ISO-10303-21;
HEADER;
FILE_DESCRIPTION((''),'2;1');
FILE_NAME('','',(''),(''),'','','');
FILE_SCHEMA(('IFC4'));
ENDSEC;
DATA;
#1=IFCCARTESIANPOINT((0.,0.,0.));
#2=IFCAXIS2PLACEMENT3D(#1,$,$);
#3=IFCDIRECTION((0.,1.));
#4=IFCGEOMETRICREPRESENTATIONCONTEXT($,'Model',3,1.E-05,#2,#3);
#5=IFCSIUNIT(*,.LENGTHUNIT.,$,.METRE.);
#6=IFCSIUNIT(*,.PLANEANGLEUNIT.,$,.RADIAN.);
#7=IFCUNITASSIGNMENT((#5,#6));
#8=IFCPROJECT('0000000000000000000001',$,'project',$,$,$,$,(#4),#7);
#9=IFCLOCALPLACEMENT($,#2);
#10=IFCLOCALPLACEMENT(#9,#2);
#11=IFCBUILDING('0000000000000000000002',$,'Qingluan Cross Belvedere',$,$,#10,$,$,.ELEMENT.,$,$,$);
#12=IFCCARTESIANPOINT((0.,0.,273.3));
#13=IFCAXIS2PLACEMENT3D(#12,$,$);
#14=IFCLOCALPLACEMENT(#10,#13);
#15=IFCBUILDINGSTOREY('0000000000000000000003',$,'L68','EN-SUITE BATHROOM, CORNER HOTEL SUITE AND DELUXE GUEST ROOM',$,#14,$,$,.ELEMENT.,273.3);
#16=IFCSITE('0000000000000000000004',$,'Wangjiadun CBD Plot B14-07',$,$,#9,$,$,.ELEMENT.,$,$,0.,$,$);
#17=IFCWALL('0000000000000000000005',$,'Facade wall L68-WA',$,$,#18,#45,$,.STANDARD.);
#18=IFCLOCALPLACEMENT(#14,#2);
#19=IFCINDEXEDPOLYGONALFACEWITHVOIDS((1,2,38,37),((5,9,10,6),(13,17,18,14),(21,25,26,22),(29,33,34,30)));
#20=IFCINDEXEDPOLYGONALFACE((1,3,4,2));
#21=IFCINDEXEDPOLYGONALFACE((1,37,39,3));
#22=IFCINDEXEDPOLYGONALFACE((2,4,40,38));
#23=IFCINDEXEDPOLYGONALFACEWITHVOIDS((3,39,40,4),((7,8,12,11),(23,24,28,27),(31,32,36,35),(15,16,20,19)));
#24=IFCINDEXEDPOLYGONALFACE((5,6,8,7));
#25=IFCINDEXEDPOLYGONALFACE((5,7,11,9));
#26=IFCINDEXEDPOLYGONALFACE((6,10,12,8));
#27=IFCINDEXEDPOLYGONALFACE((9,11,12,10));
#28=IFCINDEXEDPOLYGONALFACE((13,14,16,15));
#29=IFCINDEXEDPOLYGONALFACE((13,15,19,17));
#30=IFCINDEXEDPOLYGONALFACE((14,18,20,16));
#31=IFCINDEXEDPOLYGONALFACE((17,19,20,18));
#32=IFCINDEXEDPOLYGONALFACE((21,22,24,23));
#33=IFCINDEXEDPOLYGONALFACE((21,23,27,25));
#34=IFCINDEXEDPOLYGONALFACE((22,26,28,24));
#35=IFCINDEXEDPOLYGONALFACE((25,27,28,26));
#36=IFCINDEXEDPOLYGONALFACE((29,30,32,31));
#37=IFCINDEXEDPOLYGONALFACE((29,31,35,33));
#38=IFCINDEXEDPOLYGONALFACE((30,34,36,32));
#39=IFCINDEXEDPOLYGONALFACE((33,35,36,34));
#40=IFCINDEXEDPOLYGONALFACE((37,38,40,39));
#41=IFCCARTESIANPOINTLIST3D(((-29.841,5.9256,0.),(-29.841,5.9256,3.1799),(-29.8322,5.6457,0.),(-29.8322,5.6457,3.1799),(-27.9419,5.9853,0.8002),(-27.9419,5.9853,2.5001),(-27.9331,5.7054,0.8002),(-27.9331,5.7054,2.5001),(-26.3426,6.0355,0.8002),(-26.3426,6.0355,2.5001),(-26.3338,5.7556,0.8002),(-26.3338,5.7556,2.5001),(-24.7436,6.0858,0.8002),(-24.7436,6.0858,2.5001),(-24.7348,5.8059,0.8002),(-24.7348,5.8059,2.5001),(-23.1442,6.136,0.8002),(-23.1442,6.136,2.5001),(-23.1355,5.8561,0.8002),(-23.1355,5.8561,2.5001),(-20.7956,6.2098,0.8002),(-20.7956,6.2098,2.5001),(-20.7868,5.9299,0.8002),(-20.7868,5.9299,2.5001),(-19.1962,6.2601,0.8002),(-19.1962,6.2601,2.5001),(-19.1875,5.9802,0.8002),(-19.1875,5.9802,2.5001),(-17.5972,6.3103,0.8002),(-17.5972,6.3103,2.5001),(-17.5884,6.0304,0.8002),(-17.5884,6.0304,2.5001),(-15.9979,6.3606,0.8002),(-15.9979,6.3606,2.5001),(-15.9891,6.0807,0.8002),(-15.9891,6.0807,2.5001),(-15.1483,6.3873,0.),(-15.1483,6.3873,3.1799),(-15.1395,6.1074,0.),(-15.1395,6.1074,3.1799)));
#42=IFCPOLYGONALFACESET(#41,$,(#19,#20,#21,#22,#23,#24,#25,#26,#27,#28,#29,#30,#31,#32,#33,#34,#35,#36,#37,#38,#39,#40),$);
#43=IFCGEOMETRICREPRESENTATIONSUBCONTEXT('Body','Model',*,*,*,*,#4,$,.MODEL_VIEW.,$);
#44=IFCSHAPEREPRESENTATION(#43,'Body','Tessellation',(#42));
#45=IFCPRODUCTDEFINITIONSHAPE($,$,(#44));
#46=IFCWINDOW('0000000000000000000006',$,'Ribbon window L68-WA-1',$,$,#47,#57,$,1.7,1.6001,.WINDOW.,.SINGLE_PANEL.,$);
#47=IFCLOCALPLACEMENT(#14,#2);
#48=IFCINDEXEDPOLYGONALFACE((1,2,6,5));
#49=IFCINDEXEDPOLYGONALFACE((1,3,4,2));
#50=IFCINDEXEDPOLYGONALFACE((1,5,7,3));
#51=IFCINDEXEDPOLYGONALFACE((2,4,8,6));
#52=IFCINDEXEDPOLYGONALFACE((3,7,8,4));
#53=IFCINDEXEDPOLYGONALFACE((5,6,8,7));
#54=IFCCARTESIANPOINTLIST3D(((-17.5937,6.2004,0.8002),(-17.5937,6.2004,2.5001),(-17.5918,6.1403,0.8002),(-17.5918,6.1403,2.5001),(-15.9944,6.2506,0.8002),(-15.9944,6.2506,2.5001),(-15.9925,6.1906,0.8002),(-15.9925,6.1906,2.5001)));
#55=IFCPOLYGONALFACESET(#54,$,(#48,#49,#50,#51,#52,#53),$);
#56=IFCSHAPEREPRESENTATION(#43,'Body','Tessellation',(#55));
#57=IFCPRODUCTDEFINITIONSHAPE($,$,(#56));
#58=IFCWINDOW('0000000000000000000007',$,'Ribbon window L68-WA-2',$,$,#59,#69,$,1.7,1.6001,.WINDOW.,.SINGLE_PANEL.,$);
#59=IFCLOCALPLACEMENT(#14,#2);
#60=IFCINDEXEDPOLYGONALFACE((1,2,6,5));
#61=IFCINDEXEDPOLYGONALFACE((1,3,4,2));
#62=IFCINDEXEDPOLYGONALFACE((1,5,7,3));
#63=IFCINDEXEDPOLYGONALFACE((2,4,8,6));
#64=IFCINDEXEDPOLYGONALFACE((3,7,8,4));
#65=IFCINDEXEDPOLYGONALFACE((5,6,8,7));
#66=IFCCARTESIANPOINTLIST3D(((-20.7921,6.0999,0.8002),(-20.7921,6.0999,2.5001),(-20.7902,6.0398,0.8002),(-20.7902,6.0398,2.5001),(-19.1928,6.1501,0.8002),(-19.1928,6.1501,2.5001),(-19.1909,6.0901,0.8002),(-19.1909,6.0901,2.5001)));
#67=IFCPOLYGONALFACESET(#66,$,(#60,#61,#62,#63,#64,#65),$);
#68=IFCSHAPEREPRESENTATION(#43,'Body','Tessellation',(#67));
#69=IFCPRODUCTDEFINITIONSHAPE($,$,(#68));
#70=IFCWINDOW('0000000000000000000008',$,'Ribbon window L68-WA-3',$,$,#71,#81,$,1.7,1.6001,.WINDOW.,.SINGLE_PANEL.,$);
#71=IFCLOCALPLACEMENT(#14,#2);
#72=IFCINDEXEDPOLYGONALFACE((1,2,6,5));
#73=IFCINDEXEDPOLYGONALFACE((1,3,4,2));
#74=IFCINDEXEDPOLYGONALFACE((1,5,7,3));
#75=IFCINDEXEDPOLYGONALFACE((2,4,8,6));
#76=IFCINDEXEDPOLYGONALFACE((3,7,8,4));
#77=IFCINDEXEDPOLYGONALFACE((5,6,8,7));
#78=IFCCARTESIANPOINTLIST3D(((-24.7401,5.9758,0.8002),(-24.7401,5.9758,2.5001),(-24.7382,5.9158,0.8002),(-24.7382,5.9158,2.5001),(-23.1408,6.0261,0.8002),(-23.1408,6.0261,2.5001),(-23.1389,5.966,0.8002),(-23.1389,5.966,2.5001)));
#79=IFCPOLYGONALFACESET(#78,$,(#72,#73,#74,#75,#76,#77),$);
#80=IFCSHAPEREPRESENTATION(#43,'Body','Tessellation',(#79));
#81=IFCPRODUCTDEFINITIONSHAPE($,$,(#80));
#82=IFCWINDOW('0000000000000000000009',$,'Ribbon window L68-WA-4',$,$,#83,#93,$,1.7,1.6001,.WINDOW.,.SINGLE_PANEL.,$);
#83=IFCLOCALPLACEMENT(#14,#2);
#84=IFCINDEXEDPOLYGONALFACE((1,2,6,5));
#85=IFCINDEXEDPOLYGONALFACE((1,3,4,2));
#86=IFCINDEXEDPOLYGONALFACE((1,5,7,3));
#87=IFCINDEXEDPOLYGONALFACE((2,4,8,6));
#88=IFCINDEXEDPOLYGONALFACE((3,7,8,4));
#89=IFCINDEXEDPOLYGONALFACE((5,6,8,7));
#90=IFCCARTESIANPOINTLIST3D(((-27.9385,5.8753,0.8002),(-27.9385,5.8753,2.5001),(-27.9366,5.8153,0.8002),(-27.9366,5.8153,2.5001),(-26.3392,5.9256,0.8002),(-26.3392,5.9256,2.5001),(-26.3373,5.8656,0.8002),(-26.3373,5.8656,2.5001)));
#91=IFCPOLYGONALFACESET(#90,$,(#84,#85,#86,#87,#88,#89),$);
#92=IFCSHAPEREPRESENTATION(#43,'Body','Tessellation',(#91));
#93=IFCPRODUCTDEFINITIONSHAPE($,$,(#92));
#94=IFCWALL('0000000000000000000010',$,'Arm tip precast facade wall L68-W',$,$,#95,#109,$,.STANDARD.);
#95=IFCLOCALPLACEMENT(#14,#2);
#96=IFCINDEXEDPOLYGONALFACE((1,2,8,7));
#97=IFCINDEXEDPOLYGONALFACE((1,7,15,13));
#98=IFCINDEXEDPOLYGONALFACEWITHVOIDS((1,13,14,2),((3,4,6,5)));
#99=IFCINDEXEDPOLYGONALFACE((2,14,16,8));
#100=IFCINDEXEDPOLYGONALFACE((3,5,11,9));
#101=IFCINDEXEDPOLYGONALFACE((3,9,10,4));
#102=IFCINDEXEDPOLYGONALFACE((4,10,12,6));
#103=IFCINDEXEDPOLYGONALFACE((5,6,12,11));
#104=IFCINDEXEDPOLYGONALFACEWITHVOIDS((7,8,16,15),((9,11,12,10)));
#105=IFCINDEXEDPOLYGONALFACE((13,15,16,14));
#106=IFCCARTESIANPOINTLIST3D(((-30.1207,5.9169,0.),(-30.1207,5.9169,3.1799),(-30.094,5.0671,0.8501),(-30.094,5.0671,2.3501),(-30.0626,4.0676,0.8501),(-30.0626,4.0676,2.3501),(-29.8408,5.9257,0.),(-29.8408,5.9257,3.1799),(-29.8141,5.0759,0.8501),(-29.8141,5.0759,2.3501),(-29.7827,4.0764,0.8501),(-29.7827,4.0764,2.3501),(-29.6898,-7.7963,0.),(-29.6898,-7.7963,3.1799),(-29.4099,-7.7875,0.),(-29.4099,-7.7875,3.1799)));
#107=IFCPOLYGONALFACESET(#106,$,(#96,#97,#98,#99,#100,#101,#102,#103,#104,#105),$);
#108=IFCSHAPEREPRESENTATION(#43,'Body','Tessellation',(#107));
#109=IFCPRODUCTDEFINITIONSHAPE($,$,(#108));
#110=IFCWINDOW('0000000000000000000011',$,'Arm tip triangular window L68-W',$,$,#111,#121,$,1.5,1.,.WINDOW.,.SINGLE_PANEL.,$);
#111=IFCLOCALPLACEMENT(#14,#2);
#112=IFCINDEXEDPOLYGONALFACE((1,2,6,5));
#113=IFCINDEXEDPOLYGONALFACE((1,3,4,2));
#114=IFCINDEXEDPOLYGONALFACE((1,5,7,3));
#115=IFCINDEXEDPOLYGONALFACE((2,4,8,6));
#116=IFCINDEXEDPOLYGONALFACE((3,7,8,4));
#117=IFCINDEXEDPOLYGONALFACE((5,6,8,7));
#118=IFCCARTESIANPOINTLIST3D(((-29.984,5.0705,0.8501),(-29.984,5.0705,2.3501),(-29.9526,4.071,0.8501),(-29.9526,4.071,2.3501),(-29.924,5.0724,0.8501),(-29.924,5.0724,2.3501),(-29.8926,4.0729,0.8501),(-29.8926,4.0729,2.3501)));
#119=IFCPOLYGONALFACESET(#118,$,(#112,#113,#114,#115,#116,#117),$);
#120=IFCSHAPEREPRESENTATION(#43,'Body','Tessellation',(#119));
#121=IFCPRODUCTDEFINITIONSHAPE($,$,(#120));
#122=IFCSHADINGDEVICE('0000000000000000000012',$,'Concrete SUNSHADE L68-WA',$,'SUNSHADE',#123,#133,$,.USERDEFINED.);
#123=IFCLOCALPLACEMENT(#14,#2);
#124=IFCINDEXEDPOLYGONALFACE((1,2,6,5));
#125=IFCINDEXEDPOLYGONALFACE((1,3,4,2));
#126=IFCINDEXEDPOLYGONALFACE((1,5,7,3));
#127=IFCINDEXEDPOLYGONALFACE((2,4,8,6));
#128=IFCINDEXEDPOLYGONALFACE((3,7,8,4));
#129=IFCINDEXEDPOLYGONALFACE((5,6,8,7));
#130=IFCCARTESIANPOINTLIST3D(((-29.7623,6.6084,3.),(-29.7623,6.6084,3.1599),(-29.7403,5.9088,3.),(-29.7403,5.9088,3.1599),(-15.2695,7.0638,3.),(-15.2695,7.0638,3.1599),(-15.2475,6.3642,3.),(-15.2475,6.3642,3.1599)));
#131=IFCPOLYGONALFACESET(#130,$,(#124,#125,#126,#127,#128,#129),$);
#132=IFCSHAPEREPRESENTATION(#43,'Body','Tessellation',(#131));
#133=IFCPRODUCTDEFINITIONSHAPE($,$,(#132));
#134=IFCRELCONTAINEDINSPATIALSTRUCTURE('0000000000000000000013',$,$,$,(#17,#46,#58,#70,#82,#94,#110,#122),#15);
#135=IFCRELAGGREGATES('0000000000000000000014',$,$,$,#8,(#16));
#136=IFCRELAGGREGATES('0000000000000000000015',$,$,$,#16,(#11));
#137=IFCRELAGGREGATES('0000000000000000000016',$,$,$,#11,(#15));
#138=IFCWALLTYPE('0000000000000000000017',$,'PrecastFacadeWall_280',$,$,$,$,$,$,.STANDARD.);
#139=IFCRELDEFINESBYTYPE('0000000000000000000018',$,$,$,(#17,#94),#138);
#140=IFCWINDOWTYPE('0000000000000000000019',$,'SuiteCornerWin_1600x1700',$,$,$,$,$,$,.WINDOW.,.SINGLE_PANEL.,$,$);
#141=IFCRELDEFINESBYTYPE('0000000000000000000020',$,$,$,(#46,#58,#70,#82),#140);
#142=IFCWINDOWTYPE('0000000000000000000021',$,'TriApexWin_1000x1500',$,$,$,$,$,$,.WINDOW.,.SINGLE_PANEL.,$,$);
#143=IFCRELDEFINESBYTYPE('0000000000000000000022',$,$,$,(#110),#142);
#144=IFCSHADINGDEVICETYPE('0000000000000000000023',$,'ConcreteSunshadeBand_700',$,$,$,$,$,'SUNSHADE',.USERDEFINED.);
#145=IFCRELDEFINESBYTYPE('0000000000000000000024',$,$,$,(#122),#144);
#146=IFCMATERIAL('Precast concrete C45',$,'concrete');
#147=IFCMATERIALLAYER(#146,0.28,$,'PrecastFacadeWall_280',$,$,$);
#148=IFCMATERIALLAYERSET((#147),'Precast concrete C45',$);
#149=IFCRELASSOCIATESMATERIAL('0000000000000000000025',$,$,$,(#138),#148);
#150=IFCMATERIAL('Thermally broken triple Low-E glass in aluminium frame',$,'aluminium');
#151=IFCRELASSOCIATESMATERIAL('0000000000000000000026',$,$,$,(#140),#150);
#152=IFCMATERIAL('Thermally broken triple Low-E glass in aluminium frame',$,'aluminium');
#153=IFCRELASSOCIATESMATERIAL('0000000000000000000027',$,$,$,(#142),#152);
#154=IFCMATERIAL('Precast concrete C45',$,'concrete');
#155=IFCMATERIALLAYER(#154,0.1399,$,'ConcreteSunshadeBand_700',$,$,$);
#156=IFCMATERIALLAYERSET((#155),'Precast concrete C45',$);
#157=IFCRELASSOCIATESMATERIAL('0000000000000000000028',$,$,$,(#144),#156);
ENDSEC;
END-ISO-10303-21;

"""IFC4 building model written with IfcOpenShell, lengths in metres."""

from ifc_helpers import new_model, si_unit, direction, frame, frame_2d, origin, origin_2d, place, context, subcontext, project, spatial, rectangle, extrude, material, layer, layer_set, type_object, element, fill, save


model = new_model("IFC4")

# Units and contexts
model_context = context("Model", 3, precision=1e-05, world=origin(), true_north=direction((0.0, 1.0)))
body_context = subcontext(model_context, "Body", "Model", "MODEL_VIEW")
ifc_project = project(units=[si_unit("LENGTHUNIT", "METRE"), si_unit("PLANEANGLEUNIT", "RADIAN")], contexts=[model_context])

# Site, building, storey
site_placement = place(None, origin())
site = spatial("IfcSite", under=ifc_project, at=site_placement, Name="Wangjiadun CBD Plot B14-07", CompositionType="ELEMENT", RefElevation=0.0)
building_placement = place(site_placement, origin())
building = spatial("IfcBuilding", under=site, at=building_placement, Name="Qingluan Cross Belvedere", CompositionType="ELEMENT")
storey_placement = place(building_placement, frame((0.0, 0.0, 273.3)))
storey = spatial("IfcBuildingStorey", under=building, at=storey_placement, Name="L68", Description="EN-SUITE BATHROOM, CORNER HOTEL SUITE AND DELUXE GUEST ROOM", CompositionType="ELEMENT", Elevation=273.3)

# Wall, openings, windows
ifc_material_1 = material(Name="Precast concrete C45", Category="concrete")
ifc_layer_1 = layer(ifc_material_1, 0.28, Name="PrecastFacadeWall_280")
ifc_layer_set_1 = layer_set([ifc_layer_1], Name="Precast concrete C45")
wall_type_1 = type_object("IfcWallType", Name="PrecastFacadeWall_280", PredefinedType="STANDARD", material=ifc_layer_set_1)
wall_1_placement = place(storey_placement, frame((-15.1438, 6.2473, 0.0), z_axis=(0.0, 0.0, 1.0), x_axis=(-0.999507, -0.031406, 0.0)))
wall_1 = element("IfcWall", 1, at=wall_1_placement, inside=storey, type_object=wall_type_1, Name="Facade wall L68-WA", PredefinedType="STANDARD", context=body_context, shape_type="SweptSolid", body=[
    extrude(rectangle(XDim=14.7, YDim=0.28, at=frame_2d((7.3501, 0.0))), origin(), (0.0, 0.0, 1.0), 3.1799),
])
opening_1_placement = place(wall_1_placement, frame((0.8501, 0.0, 0.8)))
opening_1 = element("IfcOpeningElement", 2, at=opening_1_placement, cuts=wall_1, PredefinedType="OPENING", context=body_context, shape_type="SweptSolid", body=[
    extrude(rectangle(XDim=1.6001, YDim=1.7, at=frame_2d((0.8, 0.8501))), frame((0.0, 0.1499, 0.0), z_axis=(0.0, -1.0, 0.0), x_axis=(1.0, 0.0, 0.0)), (0.0, 0.0, 1.0), 0.3),
])
opening_2_placement = place(wall_1_placement, frame((4.05, 0.0, 0.8)))
opening_2 = element("IfcOpeningElement", 3, at=opening_2_placement, cuts=wall_1, PredefinedType="OPENING", context=body_context, shape_type="SweptSolid", body=[
    extrude(rectangle(XDim=1.6001, YDim=1.7, at=frame_2d((0.8, 0.8501))), frame((0.0, 0.1499, 0.0), z_axis=(0.0, -1.0, 0.0), x_axis=(1.0, 0.0, 0.0)), (0.0, 0.0, 1.0), 0.3),
])
opening_3_placement = place(wall_1_placement, frame((8.0, 0.0, 0.8)))
opening_3 = element("IfcOpeningElement", 4, at=opening_3_placement, cuts=wall_1, PredefinedType="OPENING", context=body_context, shape_type="SweptSolid", body=[
    extrude(rectangle(XDim=1.6001, YDim=1.7, at=frame_2d((0.8, 0.8501))), frame((0.0, 0.1499, 0.0), z_axis=(0.0, -1.0, 0.0), x_axis=(1.0, 0.0, 0.0)), (0.0, 0.0, 1.0), 0.3),
])
opening_4_placement = place(wall_1_placement, frame((11.2, 0.0, 0.8)))
opening_4 = element("IfcOpeningElement", 5, at=opening_4_placement, cuts=wall_1, PredefinedType="OPENING", context=body_context, shape_type="SweptSolid", body=[
    extrude(rectangle(XDim=1.6001, YDim=1.7, at=frame_2d((0.8, 0.8501))), frame((0.0, 0.1499, 0.0), z_axis=(0.0, -1.0, 0.0), x_axis=(1.0, 0.0, 0.0)), (0.0, 0.0, 1.0), 0.3),
])
ifc_material_2 = material(Name="Thermally broken triple Low-E glass in aluminium frame", Category="aluminium")
window_type_1 = type_object("IfcWindowType", Name="SuiteCornerWin_1600x1700", PartitioningType="SINGLE_PANEL", PredefinedType="WINDOW", material=ifc_material_2)
window_1_placement = place(opening_1_placement, origin())
window_1 = element("IfcWindow", 6, at=window_1_placement, inside=storey, type_object=window_type_1, Name="Ribbon window L68-WA-1", OverallHeight=1.7, OverallWidth=1.6001, PartitioningType="SINGLE_PANEL", PredefinedType="WINDOW", context=body_context, shape_type="SweptSolid", body=[
    extrude(rectangle(XDim=1.6001, YDim=1.7, at=frame_2d((0.8, 0.8501))), frame((0.0, 0.03, 0.0), z_axis=(0.0, -1.0, 0.0), x_axis=(1.0, 0.0, 0.0)), (0.0, 0.0, 1.0), 0.0601),
])
fill(opening_1, window_1)
window_2_placement = place(opening_2_placement, origin())
window_2 = element("IfcWindow", 7, at=window_2_placement, inside=storey, type_object=window_type_1, Name="Ribbon window L68-WA-2", OverallHeight=1.7, OverallWidth=1.6001, PartitioningType="SINGLE_PANEL", PredefinedType="WINDOW", context=body_context, shape_type="SweptSolid", body=[
    extrude(rectangle(XDim=1.6001, YDim=1.7, at=frame_2d((0.8, 0.8501))), frame((0.0, 0.03, 0.0), z_axis=(0.0, -1.0, 0.0), x_axis=(1.0, 0.0, 0.0)), (0.0, 0.0, 1.0), 0.0601),
])
fill(opening_2, window_2)
window_3_placement = place(opening_3_placement, origin())
window_3 = element("IfcWindow", 8, at=window_3_placement, inside=storey, type_object=window_type_1, Name="Ribbon window L68-WA-3", OverallHeight=1.7, OverallWidth=1.6001, PartitioningType="SINGLE_PANEL", PredefinedType="WINDOW", context=body_context, shape_type="SweptSolid", body=[
    extrude(rectangle(XDim=1.6001, YDim=1.7, at=frame_2d((0.8, 0.8501))), frame((0.0, 0.03, 0.0), z_axis=(0.0, -1.0, 0.0), x_axis=(1.0, 0.0, 0.0)), (0.0, 0.0, 1.0), 0.0601),
])
fill(opening_3, window_3)
window_4_placement = place(opening_4_placement, origin())
window_4 = element("IfcWindow", 9, at=window_4_placement, inside=storey, type_object=window_type_1, Name="Ribbon window L68-WA-4", OverallHeight=1.7, OverallWidth=1.6001, PartitioningType="SINGLE_PANEL", PredefinedType="WINDOW", context=body_context, shape_type="SweptSolid", body=[
    extrude(rectangle(XDim=1.6001, YDim=1.7, at=frame_2d((0.8, 0.8501))), frame((0.0, 0.03, 0.0), z_axis=(0.0, -1.0, 0.0), x_axis=(1.0, 0.0, 0.0)), (0.0, 0.0, 1.0), 0.0601),
])
fill(opening_4, window_4)

# Wall, opening, window
wall_2_placement = place(storey_placement, frame((-29.9807, 5.9211, 0.0), z_axis=(0.0, 0.0, 1.0), x_axis=(0.031408, -0.999507, 0.0)))
wall_2 = element("IfcWall", 10, at=wall_2_placement, inside=storey, type_object=wall_type_1, Name="Arm tip precast facade wall L68-W", PredefinedType="STANDARD", context=body_context, shape_type="SweptSolid", body=[
    extrude(rectangle(XDim=13.72, YDim=0.28, at=frame_2d((6.8599, 0.0))), origin(), (0.0, 0.0, 1.0), 3.1799),
])
opening_5_placement = place(wall_2_placement, frame((0.8501, 0.0, 0.8501)))
opening_5 = element("IfcOpeningElement", 11, at=opening_5_placement, cuts=wall_2, PredefinedType="OPENING", context=body_context, shape_type="SweptSolid", body=[
    extrude(rectangle(XDim=1.0, YDim=1.5, at=frame_2d((0.5, 0.75))), frame((0.0, 0.1499, 0.0), z_axis=(0.0, -1.0, 0.0), x_axis=(1.0, 0.0, 0.0)), (0.0, 0.0, 1.0), 0.3),
])
ifc_material_3 = material(Name="Thermally broken triple Low-E glass in aluminium frame", Category="aluminium")
window_type_2 = type_object("IfcWindowType", Name="TriApexWin_1000x1500", PartitioningType="SINGLE_PANEL", PredefinedType="WINDOW", material=ifc_material_3)
window_5_placement = place(opening_5_placement, origin())
window_5 = element("IfcWindow", 12, at=window_5_placement, inside=storey, type_object=window_type_2, Name="Arm tip triangular window L68-W", OverallHeight=1.5, OverallWidth=1.0, PartitioningType="SINGLE_PANEL", PredefinedType="WINDOW", context=body_context, shape_type="SweptSolid", body=[
    extrude(rectangle(XDim=1.0, YDim=1.5, at=frame_2d((0.5, 0.75))), frame((0.0, 0.03, 0.0), z_axis=(0.0, -1.0, 0.0), x_axis=(1.0, 0.0, 0.0)), (0.0, 0.0, 1.0), 0.0601),
])
fill(opening_5, window_5)

# Shading device
ifc_material_4 = material(Name="Precast concrete C45", Category="concrete")
ifc_layer_2 = layer(ifc_material_4, 0.1399, Name="ConcreteSunshadeBand_700")
ifc_layer_set_2 = layer_set([ifc_layer_2], Name="Precast concrete C45")
shading_device_type = type_object("IfcShadingDeviceType", Name="ConcreteSunshadeBand_700", ElementType="SUNSHADE", PredefinedType="USERDEFINED", material=ifc_layer_set_2)
shading_device_placement = place(storey_placement, frame((-22.5049, 6.4863, 3.0), z_axis=(0.0, 0.0, 1.0), x_axis=(-0.999507, -0.031408, 0.0)))
element("IfcShadingDevice", 13, at=shading_device_placement, inside=storey, type_object=shading_device_type, Name="Concrete SUNSHADE L68-WA", ObjectType="SUNSHADE", PredefinedType="USERDEFINED", context=body_context, shape_type="SweptSolid", body=[
    extrude(rectangle(XDim=14.5, YDim=0.7, at=origin_2d()), origin(), (0.0, 0.0, 1.0), 0.1599),
])

save(model, "model.ifc")
